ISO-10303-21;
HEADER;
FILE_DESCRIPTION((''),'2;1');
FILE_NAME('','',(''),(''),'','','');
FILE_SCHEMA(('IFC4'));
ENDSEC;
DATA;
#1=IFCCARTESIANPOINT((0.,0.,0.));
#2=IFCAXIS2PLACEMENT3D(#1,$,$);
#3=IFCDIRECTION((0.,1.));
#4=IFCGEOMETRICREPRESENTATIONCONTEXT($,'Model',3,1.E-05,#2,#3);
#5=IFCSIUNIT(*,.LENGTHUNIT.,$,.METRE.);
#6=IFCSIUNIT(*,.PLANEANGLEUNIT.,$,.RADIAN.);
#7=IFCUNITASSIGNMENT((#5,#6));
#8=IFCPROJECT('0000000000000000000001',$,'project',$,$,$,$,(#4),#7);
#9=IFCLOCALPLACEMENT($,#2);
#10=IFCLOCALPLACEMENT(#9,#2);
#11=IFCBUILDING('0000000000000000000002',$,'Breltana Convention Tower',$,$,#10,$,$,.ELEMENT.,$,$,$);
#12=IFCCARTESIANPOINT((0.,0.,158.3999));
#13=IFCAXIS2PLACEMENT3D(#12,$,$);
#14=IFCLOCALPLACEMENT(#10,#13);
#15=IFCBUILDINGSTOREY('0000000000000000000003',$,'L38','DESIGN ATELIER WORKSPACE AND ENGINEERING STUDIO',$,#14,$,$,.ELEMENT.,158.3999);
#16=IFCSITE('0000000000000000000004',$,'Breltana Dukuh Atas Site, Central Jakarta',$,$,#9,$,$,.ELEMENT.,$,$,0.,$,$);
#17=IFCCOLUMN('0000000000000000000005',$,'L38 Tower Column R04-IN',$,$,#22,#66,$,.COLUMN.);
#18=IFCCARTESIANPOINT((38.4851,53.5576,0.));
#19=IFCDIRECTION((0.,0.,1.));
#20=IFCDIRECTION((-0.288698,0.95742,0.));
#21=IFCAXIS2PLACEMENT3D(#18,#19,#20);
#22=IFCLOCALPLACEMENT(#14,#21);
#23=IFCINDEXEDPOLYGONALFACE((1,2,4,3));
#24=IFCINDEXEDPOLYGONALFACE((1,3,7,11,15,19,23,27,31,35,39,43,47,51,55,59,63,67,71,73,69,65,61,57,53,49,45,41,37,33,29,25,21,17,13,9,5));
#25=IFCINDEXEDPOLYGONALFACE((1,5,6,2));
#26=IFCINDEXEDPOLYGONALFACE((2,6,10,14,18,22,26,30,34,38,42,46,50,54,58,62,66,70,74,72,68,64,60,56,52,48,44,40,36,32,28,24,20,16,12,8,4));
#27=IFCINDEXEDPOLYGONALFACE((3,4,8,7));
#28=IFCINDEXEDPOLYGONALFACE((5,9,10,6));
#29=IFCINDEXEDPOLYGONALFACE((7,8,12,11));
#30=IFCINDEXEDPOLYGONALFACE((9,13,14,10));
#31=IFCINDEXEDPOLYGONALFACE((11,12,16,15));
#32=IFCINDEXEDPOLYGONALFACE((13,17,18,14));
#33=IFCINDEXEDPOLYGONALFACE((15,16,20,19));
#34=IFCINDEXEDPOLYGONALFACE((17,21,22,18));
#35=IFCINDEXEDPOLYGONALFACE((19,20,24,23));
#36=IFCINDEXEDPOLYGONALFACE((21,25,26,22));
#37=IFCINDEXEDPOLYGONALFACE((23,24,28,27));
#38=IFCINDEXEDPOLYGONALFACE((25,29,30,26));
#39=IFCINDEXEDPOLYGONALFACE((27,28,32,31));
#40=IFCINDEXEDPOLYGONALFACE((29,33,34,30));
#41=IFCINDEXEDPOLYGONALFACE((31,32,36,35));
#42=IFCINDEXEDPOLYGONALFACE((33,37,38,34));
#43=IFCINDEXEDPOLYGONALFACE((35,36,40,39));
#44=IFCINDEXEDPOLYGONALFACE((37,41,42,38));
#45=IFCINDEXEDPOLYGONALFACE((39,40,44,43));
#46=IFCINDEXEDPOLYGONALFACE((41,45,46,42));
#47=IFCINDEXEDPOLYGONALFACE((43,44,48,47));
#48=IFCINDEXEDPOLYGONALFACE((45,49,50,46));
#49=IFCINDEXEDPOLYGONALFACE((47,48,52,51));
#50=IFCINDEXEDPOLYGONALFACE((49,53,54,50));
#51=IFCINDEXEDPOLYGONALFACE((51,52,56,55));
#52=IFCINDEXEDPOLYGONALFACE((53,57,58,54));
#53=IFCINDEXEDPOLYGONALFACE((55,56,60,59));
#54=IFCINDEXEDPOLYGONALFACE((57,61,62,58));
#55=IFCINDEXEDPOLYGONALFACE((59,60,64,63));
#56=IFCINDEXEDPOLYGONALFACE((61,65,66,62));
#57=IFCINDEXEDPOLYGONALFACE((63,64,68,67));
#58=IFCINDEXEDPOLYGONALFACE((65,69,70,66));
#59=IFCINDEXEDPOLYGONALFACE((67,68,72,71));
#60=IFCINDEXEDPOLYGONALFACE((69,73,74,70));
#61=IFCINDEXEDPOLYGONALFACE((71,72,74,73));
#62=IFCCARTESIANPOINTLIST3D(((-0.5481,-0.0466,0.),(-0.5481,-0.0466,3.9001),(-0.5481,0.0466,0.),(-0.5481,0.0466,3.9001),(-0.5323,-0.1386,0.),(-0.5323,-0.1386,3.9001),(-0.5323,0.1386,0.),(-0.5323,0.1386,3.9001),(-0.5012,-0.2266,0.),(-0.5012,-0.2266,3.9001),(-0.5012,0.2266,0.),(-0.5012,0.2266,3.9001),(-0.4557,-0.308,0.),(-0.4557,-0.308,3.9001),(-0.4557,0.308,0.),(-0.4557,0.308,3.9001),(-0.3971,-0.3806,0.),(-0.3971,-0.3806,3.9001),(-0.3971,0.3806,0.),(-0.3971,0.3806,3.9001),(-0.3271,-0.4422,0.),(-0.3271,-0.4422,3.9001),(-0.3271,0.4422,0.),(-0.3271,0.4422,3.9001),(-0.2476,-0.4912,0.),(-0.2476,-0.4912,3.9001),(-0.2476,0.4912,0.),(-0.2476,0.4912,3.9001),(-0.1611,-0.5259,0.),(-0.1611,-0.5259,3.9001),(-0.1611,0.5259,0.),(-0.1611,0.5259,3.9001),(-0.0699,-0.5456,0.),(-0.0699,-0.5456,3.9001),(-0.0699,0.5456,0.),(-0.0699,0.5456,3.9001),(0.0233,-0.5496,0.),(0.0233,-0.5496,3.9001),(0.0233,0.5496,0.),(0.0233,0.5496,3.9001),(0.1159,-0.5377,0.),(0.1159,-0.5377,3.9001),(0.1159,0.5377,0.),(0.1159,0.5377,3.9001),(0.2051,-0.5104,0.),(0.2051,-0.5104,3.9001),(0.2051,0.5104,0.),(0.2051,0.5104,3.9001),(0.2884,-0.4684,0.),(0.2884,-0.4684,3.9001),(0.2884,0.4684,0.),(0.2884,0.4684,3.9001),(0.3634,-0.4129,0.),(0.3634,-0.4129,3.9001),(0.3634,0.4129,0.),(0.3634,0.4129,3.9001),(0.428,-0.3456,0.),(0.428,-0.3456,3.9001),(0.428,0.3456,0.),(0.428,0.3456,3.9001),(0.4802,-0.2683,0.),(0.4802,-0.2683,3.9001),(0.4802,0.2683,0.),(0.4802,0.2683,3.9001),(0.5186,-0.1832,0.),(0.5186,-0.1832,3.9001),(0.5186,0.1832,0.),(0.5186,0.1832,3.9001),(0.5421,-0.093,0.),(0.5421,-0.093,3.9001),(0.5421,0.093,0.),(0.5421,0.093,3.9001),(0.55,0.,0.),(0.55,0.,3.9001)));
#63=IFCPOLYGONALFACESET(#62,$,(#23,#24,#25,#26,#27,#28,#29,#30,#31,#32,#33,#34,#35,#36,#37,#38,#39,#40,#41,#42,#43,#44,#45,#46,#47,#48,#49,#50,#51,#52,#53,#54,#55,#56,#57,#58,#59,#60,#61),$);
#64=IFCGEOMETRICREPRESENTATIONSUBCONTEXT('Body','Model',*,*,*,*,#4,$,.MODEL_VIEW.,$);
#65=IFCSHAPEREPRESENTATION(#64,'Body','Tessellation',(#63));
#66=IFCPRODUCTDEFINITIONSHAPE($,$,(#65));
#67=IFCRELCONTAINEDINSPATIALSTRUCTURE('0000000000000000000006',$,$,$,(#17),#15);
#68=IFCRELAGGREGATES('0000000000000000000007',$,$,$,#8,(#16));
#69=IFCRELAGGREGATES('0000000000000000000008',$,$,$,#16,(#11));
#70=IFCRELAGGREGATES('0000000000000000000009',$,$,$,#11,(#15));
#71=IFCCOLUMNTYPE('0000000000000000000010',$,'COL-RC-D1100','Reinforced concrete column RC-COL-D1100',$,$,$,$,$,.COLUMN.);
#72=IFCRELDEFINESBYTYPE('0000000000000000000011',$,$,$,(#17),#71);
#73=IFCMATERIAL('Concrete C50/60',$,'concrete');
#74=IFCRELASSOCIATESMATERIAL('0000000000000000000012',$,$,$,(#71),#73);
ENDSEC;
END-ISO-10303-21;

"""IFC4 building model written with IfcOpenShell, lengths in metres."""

from ifc_helpers import new_model, si_unit, direction, frame, origin, origin_2d, place, context, subcontext, project, spatial, circle, extrude, source, transform, mapped, material, material_profile, profile_set, type_object, element, save


model = new_model("IFC4")

# Units and contexts
model_context = context("Model", 3, precision=1e-05, world=origin(), true_north=direction((0.0, 1.0)))
body_context = subcontext(model_context, "Body", "Model", "MODEL_VIEW")
ifc_project = project(units=[si_unit("LENGTHUNIT", "METRE"), si_unit("PLANEANGLEUNIT", "RADIAN")], contexts=[model_context])

# Site, building, storey
site_placement = place(None, origin())
site = spatial("IfcSite", under=ifc_project, at=site_placement, Name="Breltana Dukuh Atas Site, Central Jakarta", CompositionType="ELEMENT", RefElevation=0.0)
building_placement = place(site_placement, origin())
building = spatial("IfcBuilding", under=site, at=building_placement, Name="Breltana Convention Tower", CompositionType="ELEMENT")
storey_placement = place(building_placement, frame((0.0, 0.0, 158.3999)))
storey = spatial("IfcBuildingStorey", under=building, at=storey_placement, Name="L38", Description="DESIGN ATELIER WORKSPACE AND ENGINEERING STUDIO", CompositionType="ELEMENT", Elevation=158.3999)

# Column
ifc_material_1 = material(Name="Concrete C50/60", Category="concrete")
ifc_material_profile_1 = material_profile(ifc_material_1, circle(Radius=0.55, at=origin_2d()), Name="RC-COL-D1100")
ifc_profile_set_1 = profile_set([ifc_material_profile_1], Name="Concrete C50/60")
column_type_1 = type_object("IfcColumnType", Name="COL-RC-D1100", Description="Reinforced concrete column RC-COL-D1100", PredefinedType="COLUMN", material=ifc_profile_set_1)
shared_shape_1 = source(origin(), body_context, "Body", "SweptSolid", [
    extrude(circle(Radius=0.55, at=origin_2d()), origin(), (0.0, 0.0, 1.0), 3.9001),
])
for number, where, z_axis, x_axis, name in (
    (1, (38.4851, 53.5576, 0.0), (0.0, 0.0, 1.0), (-0.288698, 0.95742, 0.0), "L38 Tower Column R04-IN"),
):
    element("IfcColumn", number, at=place(storey_placement, frame(where, z_axis=z_axis, x_axis=x_axis)), inside=storey, type_object=column_type_1, Name=name, PredefinedType="COLUMN", context=body_context, shape_type="MappedRepresentation", body=[
        mapped(shared_shape_1, transform((0.0, 0.0, 0.0), scale=1.0)),
    ])

save(model, "model.ifc")
